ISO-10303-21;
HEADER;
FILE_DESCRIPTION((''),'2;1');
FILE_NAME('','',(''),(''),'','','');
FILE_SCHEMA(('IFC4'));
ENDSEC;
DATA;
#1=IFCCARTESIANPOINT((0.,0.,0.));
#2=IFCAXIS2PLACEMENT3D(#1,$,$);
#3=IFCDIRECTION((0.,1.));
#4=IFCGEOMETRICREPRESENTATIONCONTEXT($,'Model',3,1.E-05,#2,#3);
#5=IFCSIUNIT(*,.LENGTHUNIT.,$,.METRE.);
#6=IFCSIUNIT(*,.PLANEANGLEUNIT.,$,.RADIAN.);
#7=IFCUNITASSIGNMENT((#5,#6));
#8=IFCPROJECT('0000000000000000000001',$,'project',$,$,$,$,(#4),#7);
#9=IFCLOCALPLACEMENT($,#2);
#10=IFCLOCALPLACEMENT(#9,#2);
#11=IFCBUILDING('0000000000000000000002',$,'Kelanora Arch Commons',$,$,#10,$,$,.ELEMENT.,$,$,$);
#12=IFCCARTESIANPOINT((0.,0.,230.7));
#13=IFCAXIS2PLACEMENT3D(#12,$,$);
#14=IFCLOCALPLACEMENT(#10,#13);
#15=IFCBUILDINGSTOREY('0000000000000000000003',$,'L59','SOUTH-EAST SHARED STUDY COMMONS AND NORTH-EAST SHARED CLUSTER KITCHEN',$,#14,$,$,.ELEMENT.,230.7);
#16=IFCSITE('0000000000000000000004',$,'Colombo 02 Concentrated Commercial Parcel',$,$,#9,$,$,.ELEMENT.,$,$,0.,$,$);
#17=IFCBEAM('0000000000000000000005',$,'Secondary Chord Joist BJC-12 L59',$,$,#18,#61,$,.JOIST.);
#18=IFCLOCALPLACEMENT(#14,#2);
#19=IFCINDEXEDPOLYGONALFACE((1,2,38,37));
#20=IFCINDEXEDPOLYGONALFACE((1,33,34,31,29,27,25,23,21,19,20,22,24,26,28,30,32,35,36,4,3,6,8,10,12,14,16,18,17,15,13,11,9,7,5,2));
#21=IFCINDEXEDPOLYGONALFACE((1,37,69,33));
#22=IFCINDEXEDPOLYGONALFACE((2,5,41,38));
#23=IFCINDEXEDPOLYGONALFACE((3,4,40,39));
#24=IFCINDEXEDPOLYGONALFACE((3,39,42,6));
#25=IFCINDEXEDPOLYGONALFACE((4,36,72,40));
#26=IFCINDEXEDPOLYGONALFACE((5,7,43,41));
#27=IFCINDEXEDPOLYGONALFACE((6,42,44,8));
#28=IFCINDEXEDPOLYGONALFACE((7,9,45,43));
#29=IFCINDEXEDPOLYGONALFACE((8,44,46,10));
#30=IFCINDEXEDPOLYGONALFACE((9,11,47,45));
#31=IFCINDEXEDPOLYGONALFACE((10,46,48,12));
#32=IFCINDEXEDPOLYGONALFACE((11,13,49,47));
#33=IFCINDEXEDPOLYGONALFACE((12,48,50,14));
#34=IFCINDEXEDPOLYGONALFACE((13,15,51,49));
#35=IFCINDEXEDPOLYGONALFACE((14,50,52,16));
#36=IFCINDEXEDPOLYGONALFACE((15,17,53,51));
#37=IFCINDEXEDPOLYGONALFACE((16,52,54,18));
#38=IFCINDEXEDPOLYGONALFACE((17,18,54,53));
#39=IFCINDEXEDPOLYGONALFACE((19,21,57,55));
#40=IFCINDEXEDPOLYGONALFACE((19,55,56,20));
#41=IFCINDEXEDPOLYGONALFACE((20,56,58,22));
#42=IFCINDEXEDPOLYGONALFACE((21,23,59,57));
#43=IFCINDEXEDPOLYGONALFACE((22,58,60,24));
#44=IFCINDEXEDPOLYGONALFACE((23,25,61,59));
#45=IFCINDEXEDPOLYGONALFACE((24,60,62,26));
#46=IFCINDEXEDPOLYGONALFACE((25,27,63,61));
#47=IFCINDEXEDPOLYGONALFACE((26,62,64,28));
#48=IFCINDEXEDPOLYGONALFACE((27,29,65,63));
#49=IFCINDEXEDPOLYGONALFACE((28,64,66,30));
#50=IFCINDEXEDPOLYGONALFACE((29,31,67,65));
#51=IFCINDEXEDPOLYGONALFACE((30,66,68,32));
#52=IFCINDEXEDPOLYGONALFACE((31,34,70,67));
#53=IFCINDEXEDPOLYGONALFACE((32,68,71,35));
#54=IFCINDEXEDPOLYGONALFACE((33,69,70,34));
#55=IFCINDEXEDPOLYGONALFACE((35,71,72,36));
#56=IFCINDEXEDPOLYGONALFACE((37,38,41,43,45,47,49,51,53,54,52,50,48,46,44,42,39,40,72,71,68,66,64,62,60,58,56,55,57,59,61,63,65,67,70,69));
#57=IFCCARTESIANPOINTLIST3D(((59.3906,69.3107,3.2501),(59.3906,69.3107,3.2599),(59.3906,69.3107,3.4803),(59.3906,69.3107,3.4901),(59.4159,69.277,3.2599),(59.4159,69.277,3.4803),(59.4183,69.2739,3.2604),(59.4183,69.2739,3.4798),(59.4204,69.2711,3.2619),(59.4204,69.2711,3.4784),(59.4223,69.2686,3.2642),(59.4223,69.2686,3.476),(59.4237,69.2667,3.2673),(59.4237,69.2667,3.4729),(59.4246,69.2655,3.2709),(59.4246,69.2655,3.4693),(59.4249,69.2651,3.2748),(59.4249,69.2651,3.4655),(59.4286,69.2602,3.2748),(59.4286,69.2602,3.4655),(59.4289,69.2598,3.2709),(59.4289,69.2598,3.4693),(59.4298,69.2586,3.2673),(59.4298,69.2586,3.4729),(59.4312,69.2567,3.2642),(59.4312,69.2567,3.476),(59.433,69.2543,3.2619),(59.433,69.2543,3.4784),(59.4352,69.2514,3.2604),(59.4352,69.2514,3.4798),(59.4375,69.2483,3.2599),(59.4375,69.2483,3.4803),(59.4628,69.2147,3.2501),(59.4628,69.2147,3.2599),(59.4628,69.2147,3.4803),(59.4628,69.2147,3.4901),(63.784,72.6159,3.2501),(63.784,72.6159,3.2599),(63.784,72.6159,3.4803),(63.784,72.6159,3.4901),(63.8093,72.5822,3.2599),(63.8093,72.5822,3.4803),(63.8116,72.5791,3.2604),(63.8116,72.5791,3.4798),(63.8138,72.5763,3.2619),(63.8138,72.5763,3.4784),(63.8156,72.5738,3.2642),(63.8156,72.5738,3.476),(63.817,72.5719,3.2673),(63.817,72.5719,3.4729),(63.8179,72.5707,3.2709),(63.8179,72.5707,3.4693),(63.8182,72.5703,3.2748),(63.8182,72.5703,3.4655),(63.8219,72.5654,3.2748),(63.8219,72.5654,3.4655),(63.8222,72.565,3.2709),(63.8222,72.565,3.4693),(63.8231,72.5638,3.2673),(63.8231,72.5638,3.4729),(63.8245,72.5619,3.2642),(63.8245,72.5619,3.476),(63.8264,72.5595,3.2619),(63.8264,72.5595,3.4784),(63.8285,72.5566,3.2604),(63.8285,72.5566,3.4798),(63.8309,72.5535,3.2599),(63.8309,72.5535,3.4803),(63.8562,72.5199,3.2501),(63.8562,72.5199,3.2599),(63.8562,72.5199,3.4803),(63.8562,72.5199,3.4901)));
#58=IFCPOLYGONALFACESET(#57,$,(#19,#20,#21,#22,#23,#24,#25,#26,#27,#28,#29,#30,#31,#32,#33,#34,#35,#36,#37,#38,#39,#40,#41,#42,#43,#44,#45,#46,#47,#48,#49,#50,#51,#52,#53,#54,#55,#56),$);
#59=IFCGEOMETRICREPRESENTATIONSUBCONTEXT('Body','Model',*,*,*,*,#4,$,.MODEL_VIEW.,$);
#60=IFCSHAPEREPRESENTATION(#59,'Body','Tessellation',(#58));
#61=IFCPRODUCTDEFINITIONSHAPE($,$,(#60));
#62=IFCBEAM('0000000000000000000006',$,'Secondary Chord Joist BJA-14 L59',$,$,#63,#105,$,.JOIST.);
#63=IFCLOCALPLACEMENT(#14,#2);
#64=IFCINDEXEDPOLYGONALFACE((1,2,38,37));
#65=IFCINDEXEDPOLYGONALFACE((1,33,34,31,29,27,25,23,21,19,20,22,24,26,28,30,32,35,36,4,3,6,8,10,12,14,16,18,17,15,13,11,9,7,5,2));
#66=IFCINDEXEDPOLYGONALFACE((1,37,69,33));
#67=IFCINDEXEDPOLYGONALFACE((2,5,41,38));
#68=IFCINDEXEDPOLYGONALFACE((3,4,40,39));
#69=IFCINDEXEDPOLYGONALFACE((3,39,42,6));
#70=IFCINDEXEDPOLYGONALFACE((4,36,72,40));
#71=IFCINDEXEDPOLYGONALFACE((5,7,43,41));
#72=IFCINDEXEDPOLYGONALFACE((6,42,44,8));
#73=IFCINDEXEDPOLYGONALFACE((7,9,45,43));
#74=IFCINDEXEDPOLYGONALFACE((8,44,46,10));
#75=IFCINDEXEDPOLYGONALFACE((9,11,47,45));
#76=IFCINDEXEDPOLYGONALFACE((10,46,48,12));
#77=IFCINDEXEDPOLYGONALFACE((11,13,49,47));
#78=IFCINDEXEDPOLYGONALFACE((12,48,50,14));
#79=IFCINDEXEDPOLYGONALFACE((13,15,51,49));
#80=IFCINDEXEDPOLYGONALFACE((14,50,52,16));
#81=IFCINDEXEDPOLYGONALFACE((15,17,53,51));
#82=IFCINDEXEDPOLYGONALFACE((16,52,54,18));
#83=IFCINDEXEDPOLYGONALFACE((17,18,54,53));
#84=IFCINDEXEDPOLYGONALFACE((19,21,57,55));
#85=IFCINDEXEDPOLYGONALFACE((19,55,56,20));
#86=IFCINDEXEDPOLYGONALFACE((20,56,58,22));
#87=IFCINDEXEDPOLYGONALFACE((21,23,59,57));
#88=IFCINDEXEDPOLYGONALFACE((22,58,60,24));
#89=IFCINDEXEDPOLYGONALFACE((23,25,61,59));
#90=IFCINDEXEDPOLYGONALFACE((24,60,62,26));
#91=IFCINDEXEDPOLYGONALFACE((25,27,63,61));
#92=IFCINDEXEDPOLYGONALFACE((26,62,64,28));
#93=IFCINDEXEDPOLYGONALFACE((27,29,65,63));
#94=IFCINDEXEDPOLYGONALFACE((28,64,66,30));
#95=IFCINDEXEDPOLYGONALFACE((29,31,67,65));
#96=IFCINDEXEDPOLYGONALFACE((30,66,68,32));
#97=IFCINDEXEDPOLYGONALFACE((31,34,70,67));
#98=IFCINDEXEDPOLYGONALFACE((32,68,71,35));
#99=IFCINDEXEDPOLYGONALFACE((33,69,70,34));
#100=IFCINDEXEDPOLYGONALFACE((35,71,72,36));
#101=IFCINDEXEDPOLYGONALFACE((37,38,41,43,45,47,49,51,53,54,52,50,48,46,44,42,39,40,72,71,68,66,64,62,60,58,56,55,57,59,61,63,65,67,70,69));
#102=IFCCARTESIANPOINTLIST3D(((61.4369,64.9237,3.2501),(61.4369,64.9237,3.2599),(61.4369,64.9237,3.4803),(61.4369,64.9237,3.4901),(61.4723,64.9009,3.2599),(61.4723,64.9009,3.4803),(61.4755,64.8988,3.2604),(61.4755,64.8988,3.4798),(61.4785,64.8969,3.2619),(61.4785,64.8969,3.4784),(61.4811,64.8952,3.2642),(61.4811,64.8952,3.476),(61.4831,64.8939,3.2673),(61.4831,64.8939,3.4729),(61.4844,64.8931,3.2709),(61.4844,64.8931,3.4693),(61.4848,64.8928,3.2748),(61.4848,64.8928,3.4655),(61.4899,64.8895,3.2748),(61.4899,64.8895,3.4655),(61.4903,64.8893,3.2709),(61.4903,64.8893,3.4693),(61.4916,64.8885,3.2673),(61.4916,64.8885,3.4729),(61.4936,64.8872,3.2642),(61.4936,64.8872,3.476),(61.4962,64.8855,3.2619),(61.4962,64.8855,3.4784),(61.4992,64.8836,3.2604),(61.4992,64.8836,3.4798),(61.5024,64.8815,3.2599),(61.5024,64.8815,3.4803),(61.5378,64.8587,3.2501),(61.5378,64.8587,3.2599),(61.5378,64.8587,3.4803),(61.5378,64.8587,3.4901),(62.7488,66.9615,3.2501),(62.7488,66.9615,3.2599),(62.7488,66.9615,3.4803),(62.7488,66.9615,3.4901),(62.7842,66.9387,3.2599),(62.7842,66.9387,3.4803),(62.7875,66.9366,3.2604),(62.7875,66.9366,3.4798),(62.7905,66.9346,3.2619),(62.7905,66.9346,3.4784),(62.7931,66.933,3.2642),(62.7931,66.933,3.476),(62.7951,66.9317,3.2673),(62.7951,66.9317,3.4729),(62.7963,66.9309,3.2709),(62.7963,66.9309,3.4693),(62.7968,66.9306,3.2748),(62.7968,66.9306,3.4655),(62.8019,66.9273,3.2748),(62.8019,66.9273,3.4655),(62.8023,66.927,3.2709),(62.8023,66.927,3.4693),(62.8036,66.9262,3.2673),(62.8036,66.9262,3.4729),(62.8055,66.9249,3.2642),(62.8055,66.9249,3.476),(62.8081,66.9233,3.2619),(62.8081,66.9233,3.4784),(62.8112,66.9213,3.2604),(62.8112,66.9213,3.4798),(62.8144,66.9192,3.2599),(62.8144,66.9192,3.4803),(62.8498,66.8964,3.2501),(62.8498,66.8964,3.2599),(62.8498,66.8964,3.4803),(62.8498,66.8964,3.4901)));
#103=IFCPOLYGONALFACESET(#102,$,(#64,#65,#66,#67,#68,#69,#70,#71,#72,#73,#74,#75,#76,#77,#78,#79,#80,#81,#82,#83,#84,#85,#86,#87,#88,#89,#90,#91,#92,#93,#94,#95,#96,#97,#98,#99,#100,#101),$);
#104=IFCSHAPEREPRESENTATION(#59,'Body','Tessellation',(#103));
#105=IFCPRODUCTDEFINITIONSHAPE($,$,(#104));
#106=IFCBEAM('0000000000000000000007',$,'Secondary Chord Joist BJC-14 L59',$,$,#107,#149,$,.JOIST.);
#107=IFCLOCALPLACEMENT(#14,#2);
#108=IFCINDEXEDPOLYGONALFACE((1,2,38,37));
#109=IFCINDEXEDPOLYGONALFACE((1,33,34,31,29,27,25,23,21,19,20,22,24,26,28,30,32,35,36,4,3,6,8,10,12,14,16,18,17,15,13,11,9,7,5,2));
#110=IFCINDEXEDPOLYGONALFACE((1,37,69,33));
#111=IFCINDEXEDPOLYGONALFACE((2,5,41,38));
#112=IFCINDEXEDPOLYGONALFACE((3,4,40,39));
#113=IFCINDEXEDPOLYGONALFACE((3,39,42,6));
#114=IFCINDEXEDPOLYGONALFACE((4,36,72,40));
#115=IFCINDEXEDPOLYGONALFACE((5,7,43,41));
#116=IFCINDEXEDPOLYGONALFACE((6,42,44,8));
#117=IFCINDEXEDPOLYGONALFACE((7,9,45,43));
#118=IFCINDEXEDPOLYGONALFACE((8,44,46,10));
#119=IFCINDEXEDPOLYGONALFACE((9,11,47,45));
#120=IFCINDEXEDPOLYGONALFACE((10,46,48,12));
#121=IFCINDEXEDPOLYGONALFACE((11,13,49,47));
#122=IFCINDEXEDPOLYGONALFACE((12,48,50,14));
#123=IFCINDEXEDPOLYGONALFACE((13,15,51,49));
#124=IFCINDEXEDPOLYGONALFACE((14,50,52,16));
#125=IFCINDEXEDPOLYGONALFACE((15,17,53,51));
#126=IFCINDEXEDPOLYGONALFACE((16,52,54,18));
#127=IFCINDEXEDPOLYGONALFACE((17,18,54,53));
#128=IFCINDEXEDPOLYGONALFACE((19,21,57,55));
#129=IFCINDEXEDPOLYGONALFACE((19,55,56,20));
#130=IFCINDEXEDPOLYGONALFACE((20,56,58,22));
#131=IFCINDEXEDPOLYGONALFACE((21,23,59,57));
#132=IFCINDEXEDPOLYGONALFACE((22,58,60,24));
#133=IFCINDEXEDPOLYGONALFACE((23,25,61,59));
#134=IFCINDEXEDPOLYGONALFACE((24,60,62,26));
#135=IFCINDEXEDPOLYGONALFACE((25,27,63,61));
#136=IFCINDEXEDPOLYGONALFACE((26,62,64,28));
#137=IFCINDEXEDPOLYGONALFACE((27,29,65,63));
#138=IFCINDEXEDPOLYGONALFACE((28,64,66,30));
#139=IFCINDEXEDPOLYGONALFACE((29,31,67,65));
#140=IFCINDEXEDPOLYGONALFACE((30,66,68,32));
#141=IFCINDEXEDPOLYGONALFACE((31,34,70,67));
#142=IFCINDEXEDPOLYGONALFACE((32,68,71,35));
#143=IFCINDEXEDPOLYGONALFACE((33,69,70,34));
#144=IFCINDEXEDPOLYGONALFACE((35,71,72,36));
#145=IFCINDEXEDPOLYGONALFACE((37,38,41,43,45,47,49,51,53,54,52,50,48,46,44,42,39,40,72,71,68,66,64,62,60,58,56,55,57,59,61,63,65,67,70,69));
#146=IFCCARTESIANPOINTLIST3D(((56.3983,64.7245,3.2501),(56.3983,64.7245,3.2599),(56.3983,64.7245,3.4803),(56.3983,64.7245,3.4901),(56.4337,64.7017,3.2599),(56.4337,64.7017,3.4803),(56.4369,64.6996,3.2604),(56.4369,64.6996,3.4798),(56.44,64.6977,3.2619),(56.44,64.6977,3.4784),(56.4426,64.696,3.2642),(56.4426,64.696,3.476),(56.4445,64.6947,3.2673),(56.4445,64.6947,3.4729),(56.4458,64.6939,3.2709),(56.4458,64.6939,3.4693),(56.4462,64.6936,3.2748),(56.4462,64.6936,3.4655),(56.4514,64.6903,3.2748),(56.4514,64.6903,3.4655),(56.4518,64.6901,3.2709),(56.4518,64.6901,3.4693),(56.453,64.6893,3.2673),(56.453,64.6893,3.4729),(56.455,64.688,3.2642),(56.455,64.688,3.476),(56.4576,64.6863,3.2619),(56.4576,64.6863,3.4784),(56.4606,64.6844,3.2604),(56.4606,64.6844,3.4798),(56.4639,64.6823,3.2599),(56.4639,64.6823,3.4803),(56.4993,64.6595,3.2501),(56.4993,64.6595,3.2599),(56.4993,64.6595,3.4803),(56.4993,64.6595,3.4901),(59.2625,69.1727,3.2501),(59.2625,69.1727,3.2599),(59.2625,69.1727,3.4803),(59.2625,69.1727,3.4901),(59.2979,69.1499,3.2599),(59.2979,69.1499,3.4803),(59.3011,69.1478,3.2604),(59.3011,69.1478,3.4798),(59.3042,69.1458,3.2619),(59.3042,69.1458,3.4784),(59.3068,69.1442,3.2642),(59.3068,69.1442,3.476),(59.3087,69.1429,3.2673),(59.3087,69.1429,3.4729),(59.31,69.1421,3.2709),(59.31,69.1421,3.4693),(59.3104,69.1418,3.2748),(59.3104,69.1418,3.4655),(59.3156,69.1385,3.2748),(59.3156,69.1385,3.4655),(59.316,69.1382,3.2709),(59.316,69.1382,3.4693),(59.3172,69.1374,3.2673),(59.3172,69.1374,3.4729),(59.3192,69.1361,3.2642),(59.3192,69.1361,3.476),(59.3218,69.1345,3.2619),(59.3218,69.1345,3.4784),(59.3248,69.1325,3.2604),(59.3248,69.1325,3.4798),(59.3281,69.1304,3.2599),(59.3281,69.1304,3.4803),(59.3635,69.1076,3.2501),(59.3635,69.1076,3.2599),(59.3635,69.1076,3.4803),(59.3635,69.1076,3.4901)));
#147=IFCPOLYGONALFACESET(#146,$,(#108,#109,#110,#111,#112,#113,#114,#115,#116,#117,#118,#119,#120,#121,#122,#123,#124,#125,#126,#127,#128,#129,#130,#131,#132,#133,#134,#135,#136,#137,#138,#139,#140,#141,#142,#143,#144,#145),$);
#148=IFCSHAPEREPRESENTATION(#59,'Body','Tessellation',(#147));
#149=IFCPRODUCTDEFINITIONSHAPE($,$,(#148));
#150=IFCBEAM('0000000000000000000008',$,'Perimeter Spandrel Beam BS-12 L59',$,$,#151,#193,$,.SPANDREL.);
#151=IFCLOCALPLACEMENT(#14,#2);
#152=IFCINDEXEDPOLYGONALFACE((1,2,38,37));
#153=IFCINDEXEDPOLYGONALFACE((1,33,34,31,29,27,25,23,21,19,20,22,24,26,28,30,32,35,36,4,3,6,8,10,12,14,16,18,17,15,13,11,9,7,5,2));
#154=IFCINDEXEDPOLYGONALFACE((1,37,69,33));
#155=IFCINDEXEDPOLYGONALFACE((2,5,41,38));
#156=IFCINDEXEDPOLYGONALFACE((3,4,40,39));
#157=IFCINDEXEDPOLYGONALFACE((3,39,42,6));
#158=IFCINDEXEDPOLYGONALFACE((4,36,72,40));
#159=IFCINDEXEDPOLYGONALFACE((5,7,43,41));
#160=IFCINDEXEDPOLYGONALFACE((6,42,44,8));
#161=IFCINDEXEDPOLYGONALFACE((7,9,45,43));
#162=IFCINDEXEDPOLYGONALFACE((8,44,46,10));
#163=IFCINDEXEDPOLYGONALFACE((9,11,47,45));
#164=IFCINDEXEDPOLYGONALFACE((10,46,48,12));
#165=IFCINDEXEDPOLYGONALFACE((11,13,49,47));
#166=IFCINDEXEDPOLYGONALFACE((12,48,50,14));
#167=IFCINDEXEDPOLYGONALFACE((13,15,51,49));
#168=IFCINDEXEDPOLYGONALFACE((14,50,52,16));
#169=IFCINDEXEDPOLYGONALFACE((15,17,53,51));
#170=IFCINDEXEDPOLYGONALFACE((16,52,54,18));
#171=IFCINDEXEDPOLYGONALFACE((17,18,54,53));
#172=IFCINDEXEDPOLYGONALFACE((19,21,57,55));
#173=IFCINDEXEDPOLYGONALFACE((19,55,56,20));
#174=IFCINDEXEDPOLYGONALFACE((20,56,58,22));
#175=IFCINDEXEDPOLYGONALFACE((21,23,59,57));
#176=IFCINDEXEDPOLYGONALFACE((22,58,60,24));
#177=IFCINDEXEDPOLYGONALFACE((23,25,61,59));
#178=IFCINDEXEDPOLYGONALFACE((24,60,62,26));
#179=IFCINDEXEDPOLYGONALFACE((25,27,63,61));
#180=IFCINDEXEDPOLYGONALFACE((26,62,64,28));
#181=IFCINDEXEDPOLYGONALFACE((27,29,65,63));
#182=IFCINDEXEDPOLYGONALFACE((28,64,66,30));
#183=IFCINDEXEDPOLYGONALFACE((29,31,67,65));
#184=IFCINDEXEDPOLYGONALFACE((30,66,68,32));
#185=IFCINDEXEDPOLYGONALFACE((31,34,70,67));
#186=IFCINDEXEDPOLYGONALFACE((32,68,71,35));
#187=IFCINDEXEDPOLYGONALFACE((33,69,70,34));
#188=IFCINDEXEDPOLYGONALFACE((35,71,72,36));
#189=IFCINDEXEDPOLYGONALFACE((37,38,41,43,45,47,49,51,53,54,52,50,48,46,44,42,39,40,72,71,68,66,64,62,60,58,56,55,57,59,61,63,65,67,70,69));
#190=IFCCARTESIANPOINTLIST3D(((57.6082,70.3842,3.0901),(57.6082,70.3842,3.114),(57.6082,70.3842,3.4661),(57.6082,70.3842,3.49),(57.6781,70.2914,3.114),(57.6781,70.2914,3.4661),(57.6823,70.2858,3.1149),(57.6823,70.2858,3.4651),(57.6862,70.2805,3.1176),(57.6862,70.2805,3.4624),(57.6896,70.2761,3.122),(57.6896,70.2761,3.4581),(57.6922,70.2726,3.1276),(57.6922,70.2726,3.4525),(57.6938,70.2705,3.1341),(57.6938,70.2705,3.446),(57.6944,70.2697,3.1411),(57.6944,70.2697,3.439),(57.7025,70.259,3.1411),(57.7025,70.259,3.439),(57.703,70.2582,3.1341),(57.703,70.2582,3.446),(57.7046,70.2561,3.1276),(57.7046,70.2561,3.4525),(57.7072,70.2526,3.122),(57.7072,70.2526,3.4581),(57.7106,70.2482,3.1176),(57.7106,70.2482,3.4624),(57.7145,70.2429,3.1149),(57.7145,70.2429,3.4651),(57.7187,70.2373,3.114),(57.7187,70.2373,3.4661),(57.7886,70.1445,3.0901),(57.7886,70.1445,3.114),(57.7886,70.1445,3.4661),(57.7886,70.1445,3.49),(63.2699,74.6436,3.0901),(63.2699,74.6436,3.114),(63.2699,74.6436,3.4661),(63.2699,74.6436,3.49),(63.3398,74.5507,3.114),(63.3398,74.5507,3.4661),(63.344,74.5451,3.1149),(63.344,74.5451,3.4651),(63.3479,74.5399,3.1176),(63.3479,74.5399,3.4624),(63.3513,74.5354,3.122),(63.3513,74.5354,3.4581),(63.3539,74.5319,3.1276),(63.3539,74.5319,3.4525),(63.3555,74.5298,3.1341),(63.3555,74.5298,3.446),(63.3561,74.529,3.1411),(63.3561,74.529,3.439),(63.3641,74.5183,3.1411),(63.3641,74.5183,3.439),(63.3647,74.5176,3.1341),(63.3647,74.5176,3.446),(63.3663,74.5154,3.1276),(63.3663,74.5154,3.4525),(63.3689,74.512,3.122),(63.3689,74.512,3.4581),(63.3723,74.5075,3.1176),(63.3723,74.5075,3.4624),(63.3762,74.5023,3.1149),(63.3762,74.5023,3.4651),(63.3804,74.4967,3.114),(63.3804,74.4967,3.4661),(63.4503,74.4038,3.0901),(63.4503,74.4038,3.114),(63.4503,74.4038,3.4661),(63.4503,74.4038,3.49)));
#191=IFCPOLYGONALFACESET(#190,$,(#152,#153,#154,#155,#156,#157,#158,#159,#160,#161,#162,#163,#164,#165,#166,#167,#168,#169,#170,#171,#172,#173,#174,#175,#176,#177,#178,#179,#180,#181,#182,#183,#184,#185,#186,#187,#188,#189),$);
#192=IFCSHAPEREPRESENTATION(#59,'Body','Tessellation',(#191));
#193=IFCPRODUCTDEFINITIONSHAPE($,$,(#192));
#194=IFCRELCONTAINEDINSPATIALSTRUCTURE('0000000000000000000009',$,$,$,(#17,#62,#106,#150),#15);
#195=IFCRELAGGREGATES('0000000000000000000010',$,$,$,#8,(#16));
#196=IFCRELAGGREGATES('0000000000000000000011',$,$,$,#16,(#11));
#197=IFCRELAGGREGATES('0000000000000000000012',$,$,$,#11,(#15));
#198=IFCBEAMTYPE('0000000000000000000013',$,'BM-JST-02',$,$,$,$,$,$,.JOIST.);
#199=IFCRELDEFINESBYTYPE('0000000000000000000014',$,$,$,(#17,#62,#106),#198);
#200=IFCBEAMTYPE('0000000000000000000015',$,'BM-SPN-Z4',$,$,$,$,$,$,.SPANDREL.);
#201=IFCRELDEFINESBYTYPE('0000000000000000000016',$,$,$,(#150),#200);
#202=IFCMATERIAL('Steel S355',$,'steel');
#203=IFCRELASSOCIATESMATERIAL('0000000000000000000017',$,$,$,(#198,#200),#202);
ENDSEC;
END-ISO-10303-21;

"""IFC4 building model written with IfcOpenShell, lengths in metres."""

from ifc_helpers import new_model, si_unit, direction, frame, origin, origin_2d, place, context, subcontext, project, spatial, i_section, extrude, material, material_profile, profile_set, type_object, element, save


model = new_model("IFC4")

# Units and contexts
model_context = context("Model", 3, precision=1e-05, world=origin(), true_north=direction((0.0, 1.0)))
body_context = subcontext(model_context, "Body", "Model", "MODEL_VIEW")
ifc_project = project(units=[si_unit("LENGTHUNIT", "METRE"), si_unit("PLANEANGLEUNIT", "RADIAN")], contexts=[model_context])

# Site, building, storey
site_placement = place(None, origin())
site = spatial("IfcSite", under=ifc_project, at=site_placement, Name="Colombo 02 Concentrated Commercial Parcel", CompositionType="ELEMENT", RefElevation=0.0)
building_placement = place(site_placement, origin())
building = spatial("IfcBuilding", under=site, at=building_placement, Name="Kelanora Arch Commons", CompositionType="ELEMENT")
storey_placement = place(building_placement, frame((0.0, 0.0, 230.7)))
storey = spatial("IfcBuildingStorey", under=building, at=storey_placement, Name="L59", Description="SOUTH-EAST SHARED STUDY COMMONS AND NORTH-EAST SHARED CLUSTER KITCHEN", CompositionType="ELEMENT", Elevation=230.7)

# Beams
ifc_material_1 = material(Name="Steel S355", Category="steel")
ifc_material_profile_1 = material_profile(ifc_material_1, i_section(OverallWidth=0.1201, OverallDepth=0.24, WebThickness=0.0061, FlangeThickness=0.0098, FilletRadius=0.0149, at=origin_2d()), Name="IPE240")
ifc_profile_set_1 = profile_set([ifc_material_profile_1], Name="Steel S355")
beam_type_1 = type_object("IfcBeamType", Name="BM-JST-02", PredefinedType="JOIST", material=ifc_profile_set_1)
beam_1_placement = place(storey_placement, frame((63.8201, 72.5679, 3.3701), z_axis=(-0.799109, -0.601186, 0.0), x_axis=(0.601186, -0.799109, 0.0)))
element("IfcBeam", 1, at=beam_1_placement, inside=storey, type_object=beam_type_1, Name="Secondary Chord Joist BJC-12 L59", PredefinedType="JOIST", context=body_context, shape_type="SweptSolid", body=[
    extrude(i_section(OverallWidth=0.1201, OverallDepth=0.24, WebThickness=0.0061, FlangeThickness=0.0098, FilletRadius=0.0149, at=origin_2d()), origin(), (0.0, 0.0, 1.0), 5.4978),
])
beam_2_placement = place(storey_placement, frame((62.7993, 66.929, 3.3701), z_axis=(-0.541333, -0.840808, 0.0), x_axis=(0.840808, -0.541333, 0.0)))
element("IfcBeam", 2, at=beam_2_placement, inside=storey, type_object=beam_type_1, Name="Secondary Chord Joist BJA-14 L59", PredefinedType="JOIST", context=body_context, shape_type="SweptSolid", body=[
    extrude(i_section(OverallWidth=0.1201, OverallDepth=0.24, WebThickness=0.0061, FlangeThickness=0.0098, FilletRadius=0.0149, at=origin_2d()), origin(), (0.0, 0.0, 1.0), 2.4236),
])
beam_3_placement = place(storey_placement, frame((59.313, 69.1401, 3.3701), z_axis=(-0.541382, -0.840776, 0.0), x_axis=(0.840776, -0.541382, 0.0)))
element("IfcBeam", 3, at=beam_3_placement, inside=storey, type_object=beam_type_1, Name="Secondary Chord Joist BJC-14 L59", PredefinedType="JOIST", context=body_context, shape_type="SweptSolid", body=[
    extrude(i_section(OverallWidth=0.1201, OverallDepth=0.24, WebThickness=0.0061, FlangeThickness=0.0098, FilletRadius=0.0149, at=origin_2d()), origin(), (0.0, 0.0, 1.0), 5.2905),
])
ifc_material_profile_2 = material_profile(ifc_material_1, i_section(OverallWidth=0.3, OverallDepth=0.3999, WebThickness=0.0134, FlangeThickness=0.0239, FilletRadius=0.0271, at=origin_2d()), Name="HEB400")
ifc_profile_set_2 = profile_set([ifc_material_profile_2], Name="Steel S355")
beam_type_2 = type_object("IfcBeamType", Name="BM-SPN-Z4", PredefinedType="SPANDREL", material=ifc_profile_set_2)
beam_4_placement = place(storey_placement, frame((63.3601, 74.5237, 3.29), z_axis=(-0.799114, -0.601179, 0.0), x_axis=(0.601179, -0.799114, 0.0)))
element("IfcBeam", 4, at=beam_4_placement, inside=storey, type_object=beam_type_2, Name="Perimeter Spandrel Beam BS-12 L59", PredefinedType="SPANDREL", context=body_context, shape_type="SweptSolid", body=[
    extrude(i_section(OverallWidth=0.3, OverallDepth=0.3999, WebThickness=0.0134, FlangeThickness=0.0239, FilletRadius=0.0271, at=origin_2d()), origin(), (0.0, 0.0, 1.0), 7.085),
])

save(model, "model.ifc")
